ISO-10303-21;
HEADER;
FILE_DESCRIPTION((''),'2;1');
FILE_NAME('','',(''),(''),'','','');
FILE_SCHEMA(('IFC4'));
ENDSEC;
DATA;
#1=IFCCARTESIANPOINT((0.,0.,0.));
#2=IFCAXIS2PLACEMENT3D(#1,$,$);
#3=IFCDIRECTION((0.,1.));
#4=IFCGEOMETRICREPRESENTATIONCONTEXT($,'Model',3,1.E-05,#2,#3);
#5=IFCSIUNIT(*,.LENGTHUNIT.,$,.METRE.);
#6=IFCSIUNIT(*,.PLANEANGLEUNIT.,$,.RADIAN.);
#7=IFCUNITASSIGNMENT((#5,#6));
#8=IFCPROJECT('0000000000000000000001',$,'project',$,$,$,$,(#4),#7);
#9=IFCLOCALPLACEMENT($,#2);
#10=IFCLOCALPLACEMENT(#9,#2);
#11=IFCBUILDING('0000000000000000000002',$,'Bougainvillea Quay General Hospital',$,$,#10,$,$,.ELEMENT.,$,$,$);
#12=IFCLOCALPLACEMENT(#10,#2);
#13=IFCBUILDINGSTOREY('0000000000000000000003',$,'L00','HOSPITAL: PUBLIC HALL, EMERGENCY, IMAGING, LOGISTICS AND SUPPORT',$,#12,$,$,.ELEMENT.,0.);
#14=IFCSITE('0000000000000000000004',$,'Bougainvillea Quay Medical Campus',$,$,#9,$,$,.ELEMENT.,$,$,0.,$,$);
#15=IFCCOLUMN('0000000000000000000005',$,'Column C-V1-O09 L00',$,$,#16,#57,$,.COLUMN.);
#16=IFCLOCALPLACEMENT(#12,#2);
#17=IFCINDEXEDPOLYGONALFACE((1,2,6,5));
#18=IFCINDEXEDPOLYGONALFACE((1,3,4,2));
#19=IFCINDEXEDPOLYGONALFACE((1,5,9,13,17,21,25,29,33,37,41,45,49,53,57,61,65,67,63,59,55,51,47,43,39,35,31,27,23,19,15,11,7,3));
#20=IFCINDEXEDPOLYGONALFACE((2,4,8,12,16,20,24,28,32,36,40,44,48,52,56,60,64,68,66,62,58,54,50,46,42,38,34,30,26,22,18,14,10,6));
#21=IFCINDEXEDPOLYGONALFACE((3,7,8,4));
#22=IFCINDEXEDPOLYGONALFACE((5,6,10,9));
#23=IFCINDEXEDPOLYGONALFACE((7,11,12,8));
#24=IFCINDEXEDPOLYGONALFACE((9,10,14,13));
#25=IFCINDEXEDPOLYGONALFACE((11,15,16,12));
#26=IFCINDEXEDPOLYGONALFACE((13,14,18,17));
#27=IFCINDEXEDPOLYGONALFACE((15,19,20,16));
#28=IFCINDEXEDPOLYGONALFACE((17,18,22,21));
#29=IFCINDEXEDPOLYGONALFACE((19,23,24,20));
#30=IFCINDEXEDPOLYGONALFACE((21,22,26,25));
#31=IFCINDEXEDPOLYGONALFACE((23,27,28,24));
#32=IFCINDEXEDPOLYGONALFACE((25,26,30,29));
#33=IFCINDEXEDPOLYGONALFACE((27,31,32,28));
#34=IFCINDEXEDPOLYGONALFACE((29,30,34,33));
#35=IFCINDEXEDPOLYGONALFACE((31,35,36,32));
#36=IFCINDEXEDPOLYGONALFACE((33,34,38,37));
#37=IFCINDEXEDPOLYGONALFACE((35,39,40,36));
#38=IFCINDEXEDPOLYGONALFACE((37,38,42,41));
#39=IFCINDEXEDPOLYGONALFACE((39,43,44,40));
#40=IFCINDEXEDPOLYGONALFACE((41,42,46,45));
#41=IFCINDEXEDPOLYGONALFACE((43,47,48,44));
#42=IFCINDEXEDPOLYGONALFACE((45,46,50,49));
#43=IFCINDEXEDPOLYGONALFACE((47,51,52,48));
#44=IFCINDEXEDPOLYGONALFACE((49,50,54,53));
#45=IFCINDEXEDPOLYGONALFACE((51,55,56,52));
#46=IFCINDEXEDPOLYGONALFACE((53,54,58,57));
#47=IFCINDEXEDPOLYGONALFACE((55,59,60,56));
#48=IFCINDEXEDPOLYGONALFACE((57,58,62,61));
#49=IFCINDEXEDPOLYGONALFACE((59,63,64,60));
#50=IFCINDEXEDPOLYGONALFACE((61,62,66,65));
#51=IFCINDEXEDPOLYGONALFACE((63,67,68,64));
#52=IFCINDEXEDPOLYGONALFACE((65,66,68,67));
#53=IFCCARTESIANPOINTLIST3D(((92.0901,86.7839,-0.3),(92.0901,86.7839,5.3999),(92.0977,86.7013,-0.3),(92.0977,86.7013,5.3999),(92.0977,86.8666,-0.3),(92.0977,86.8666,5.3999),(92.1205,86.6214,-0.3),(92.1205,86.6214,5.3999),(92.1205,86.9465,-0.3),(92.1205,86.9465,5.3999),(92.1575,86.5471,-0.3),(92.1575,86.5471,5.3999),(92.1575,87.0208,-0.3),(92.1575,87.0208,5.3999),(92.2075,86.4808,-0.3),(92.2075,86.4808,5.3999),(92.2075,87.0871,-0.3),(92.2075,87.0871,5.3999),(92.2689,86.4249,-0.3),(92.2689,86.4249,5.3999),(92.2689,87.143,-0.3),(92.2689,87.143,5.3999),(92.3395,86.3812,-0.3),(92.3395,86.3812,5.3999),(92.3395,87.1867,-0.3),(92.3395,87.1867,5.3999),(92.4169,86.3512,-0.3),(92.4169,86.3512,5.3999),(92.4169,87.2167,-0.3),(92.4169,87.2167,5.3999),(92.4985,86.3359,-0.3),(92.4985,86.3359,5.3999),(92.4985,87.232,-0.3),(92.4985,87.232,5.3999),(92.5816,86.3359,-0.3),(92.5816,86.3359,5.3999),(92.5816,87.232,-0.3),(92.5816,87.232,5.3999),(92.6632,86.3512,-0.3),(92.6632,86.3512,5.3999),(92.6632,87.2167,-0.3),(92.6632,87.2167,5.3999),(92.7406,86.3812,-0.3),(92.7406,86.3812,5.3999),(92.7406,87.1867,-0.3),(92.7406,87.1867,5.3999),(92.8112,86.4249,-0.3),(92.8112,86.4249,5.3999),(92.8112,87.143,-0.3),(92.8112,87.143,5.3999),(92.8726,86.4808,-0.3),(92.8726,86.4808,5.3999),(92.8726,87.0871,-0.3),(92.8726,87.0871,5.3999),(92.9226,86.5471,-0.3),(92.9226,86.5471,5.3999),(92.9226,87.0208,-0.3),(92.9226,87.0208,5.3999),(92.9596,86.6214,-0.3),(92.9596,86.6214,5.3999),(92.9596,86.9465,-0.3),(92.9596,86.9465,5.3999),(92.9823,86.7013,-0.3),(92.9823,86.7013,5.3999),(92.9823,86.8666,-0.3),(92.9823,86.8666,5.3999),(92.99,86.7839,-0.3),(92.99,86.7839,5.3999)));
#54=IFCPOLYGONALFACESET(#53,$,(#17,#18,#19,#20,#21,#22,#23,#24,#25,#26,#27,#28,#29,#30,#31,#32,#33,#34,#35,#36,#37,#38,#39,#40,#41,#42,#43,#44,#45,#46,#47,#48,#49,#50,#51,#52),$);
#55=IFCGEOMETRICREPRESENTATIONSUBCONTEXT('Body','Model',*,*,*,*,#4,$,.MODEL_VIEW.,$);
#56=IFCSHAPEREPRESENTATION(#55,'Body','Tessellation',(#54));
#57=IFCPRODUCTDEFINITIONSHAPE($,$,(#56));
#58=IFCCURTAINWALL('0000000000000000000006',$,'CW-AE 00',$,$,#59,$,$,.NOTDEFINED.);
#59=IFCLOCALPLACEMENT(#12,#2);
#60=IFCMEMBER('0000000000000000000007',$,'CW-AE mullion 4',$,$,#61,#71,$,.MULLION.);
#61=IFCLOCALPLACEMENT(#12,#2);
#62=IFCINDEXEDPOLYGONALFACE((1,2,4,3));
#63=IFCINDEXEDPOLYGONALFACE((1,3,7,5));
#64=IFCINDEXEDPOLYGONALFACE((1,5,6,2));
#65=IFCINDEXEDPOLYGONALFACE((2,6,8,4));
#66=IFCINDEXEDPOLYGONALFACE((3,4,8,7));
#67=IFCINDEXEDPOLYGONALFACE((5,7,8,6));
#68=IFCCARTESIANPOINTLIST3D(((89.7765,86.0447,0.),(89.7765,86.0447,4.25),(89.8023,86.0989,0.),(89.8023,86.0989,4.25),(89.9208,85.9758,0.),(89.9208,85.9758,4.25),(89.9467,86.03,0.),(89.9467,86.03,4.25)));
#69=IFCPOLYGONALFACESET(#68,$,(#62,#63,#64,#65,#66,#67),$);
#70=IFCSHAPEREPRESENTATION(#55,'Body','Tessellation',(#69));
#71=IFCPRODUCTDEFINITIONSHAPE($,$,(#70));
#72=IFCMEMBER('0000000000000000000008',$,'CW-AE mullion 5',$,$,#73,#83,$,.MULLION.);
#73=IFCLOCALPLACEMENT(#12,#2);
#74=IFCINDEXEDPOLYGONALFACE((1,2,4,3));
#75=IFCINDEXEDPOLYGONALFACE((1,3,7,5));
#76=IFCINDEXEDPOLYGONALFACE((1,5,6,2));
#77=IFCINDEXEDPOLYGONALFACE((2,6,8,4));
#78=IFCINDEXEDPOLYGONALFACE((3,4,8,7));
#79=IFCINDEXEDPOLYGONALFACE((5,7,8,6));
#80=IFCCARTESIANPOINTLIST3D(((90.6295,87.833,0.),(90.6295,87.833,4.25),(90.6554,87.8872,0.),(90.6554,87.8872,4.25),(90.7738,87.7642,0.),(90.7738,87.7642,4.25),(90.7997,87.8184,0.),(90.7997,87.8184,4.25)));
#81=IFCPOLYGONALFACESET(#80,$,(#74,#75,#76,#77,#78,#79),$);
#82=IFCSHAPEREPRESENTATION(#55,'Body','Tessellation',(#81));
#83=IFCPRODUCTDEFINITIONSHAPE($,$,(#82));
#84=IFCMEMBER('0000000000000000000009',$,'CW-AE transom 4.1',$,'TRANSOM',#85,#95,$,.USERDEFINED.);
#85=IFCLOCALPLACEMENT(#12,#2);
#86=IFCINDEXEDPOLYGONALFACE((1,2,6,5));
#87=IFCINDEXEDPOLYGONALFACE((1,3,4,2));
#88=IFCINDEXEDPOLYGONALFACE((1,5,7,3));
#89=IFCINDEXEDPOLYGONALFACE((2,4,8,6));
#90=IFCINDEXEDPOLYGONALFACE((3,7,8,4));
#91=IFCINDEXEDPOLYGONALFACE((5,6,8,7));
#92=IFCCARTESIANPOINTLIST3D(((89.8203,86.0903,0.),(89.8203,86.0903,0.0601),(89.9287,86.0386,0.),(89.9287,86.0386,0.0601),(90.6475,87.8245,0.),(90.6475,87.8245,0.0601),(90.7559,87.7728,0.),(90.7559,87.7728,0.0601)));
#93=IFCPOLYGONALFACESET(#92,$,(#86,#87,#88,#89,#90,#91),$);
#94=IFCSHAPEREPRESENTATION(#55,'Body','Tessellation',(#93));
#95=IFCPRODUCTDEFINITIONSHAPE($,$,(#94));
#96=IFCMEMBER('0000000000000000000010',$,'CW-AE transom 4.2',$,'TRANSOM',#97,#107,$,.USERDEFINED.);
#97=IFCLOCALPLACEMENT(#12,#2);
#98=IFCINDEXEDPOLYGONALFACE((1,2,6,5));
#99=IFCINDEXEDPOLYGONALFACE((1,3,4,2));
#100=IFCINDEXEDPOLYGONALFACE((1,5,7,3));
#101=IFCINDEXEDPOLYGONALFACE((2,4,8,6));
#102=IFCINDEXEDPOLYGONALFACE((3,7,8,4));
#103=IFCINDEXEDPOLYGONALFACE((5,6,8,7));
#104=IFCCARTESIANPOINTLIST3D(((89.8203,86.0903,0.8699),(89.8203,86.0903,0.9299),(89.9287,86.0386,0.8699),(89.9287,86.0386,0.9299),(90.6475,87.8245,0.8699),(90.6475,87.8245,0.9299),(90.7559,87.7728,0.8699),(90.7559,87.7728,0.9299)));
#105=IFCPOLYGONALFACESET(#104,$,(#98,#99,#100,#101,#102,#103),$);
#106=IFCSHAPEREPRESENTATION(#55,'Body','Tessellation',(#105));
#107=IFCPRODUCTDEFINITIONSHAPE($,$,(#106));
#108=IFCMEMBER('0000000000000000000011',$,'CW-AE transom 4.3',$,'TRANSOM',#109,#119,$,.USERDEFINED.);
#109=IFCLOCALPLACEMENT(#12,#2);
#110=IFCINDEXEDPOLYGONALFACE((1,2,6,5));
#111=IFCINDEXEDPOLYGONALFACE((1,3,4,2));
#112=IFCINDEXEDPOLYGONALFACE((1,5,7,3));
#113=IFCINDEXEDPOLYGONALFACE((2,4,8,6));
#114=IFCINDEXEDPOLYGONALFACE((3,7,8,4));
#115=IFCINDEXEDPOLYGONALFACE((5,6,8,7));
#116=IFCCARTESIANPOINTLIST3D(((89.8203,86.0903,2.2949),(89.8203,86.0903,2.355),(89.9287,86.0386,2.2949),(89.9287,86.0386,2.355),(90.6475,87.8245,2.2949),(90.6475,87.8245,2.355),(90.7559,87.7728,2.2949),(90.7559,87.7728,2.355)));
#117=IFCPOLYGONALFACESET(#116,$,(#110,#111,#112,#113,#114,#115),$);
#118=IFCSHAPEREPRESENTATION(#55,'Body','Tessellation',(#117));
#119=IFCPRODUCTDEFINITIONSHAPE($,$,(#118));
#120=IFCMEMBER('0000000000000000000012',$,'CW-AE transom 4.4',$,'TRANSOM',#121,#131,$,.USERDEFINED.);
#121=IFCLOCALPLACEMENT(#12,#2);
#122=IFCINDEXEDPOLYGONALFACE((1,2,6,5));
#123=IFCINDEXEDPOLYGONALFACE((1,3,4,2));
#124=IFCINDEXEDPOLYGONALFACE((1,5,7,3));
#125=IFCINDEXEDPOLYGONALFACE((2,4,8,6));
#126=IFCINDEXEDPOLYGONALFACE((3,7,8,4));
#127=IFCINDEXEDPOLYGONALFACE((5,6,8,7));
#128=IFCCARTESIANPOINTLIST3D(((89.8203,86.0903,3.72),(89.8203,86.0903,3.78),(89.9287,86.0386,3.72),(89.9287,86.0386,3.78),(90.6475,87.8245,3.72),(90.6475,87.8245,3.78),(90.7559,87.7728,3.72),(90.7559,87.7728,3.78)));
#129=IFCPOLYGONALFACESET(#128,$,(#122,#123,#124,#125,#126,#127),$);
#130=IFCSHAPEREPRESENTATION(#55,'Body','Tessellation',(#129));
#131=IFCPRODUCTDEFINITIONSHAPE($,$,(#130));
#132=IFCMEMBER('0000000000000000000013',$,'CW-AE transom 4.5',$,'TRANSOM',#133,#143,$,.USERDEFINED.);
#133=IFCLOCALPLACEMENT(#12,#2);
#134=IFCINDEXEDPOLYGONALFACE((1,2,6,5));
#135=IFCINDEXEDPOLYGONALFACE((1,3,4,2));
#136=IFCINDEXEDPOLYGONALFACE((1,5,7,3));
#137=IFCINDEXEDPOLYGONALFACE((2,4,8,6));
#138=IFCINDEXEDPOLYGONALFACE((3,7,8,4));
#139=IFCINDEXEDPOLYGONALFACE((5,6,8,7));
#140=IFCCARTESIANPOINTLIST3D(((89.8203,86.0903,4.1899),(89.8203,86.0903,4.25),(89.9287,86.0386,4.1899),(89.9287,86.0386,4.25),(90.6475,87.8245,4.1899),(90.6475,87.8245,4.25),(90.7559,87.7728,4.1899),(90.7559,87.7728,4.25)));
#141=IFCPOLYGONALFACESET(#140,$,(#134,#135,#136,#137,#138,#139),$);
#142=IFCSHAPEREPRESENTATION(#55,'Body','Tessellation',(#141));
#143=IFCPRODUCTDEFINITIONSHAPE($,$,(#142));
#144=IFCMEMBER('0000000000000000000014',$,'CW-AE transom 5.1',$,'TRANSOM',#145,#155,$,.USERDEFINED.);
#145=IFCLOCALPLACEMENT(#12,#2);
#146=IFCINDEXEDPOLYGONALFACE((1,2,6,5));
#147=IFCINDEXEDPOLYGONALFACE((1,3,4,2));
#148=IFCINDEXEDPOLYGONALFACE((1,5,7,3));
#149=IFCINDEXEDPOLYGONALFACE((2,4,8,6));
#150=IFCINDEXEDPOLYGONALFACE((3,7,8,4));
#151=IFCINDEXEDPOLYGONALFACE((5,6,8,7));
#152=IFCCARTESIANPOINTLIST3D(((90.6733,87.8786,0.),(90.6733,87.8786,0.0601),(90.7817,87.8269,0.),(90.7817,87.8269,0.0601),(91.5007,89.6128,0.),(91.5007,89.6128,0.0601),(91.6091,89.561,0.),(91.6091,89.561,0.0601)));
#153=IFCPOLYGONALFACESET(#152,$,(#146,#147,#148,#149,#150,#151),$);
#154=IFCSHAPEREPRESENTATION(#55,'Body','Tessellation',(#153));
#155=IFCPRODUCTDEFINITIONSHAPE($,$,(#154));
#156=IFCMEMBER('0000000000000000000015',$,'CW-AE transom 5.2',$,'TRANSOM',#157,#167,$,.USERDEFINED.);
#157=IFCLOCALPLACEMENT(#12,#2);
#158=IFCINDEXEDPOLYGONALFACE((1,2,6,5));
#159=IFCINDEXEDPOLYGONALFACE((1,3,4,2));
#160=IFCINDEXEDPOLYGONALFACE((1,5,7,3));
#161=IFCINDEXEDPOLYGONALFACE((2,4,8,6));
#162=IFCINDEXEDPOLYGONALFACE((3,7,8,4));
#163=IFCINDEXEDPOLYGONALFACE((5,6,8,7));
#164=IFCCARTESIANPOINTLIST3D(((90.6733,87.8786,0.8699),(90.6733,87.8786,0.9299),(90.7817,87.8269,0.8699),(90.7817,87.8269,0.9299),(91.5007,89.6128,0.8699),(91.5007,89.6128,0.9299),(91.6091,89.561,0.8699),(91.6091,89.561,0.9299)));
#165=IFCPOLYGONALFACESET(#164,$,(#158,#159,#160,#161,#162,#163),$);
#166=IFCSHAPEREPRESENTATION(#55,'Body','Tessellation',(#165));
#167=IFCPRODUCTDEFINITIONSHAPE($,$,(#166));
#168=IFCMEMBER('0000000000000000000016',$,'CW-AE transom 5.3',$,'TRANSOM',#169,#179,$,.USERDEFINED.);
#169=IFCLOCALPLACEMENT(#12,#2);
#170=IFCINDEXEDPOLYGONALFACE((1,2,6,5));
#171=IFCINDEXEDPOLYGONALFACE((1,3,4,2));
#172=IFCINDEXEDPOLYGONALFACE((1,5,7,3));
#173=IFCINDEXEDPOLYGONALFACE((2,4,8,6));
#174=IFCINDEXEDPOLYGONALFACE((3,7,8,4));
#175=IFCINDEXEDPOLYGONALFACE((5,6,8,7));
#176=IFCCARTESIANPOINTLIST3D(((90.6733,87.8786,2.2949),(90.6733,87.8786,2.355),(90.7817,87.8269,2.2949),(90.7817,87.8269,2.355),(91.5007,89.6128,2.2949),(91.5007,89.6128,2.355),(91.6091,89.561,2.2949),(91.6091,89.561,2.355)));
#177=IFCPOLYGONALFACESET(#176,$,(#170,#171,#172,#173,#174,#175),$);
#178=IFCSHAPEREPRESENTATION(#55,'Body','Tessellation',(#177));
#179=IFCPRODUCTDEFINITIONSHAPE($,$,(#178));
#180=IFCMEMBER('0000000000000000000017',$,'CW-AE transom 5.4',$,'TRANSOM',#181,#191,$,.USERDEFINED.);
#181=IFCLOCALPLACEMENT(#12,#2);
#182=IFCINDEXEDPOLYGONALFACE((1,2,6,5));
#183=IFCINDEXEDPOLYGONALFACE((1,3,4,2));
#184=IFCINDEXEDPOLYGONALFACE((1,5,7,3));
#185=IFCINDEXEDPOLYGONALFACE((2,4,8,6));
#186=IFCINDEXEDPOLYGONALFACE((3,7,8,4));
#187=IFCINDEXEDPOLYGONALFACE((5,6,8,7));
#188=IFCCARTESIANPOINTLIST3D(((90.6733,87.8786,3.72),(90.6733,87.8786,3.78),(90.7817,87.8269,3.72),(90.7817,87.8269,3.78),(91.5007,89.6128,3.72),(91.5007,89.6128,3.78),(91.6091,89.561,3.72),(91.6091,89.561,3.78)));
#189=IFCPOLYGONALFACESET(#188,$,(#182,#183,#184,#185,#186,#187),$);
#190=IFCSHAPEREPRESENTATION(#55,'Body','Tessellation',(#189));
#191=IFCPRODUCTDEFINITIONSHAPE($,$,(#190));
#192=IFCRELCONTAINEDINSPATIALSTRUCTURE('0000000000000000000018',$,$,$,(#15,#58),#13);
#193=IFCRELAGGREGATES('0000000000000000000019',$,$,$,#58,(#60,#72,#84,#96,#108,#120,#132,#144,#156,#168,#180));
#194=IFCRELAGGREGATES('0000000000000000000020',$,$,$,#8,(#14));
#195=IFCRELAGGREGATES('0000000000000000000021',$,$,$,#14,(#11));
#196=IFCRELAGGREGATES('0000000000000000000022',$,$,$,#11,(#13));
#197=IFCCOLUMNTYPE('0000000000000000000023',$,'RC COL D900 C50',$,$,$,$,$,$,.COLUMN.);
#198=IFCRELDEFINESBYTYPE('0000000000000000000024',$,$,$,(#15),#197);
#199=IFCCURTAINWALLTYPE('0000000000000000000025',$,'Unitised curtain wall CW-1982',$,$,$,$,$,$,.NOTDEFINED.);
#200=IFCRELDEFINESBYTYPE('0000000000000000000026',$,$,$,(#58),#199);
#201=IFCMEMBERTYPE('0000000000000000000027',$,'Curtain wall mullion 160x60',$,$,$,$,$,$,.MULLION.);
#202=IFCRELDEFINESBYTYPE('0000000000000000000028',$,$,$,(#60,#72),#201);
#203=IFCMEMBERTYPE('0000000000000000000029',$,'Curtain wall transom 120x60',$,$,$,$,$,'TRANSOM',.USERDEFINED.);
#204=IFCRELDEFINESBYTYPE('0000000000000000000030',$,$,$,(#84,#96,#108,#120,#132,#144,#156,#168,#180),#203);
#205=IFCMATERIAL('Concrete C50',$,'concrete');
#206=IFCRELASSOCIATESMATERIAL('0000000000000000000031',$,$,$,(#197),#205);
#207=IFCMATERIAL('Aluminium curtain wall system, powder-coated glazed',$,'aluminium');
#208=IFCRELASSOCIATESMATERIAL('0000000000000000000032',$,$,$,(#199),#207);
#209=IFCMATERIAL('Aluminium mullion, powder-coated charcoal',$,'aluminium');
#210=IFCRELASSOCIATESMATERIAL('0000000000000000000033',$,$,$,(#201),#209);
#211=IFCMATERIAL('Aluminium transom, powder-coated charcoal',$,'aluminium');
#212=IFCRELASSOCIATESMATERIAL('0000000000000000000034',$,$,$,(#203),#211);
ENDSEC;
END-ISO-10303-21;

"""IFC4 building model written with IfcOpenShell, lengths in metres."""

from ifc_helpers import new_model, si_unit, direction, frame, origin, origin_2d, place, context, subcontext, project, spatial, rectangle, circle, extrude, material, material_profile, profile_set, type_object, element, aggregate, save


model = new_model("IFC4")

# Units and contexts
model_context = context("Model", 3, precision=1e-05, world=origin(), true_north=direction((0.0, 1.0)))
body_context = subcontext(model_context, "Body", "Model", "MODEL_VIEW")
ifc_project = project(units=[si_unit("LENGTHUNIT", "METRE"), si_unit("PLANEANGLEUNIT", "RADIAN")], contexts=[model_context])

# Site, building, storey
site_placement = place(None, origin())
site = spatial("IfcSite", under=ifc_project, at=site_placement, Name="Bougainvillea Quay Medical Campus", CompositionType="ELEMENT", RefElevation=0.0)
building_placement = place(site_placement, origin())
building = spatial("IfcBuilding", under=site, at=building_placement, Name="Bougainvillea Quay General Hospital", CompositionType="ELEMENT")
storey_placement = place(building_placement, origin())
storey = spatial("IfcBuildingStorey", under=building, at=storey_placement, Name="L00", Description="HOSPITAL: PUBLIC HALL, EMERGENCY, IMAGING, LOGISTICS AND SUPPORT", CompositionType="ELEMENT", Elevation=0.0)

# Column
ifc_material_1 = material(Name="Concrete C50", Category="concrete")
ifc_material_profile_1 = material_profile(ifc_material_1, circle(Radius=0.45, at=origin_2d()))
ifc_profile_set_1 = profile_set([ifc_material_profile_1], Name="Concrete C50")
column_type = type_object("IfcColumnType", Name="RC COL D900 C50", PredefinedType="COLUMN", material=ifc_profile_set_1)
column_placement = place(storey_placement, frame((92.54, 86.7839, -0.3), z_axis=(0.0, 0.0, 1.0), x_axis=(1.0, 0.0, 0.0)))
element("IfcColumn", 1, at=column_placement, inside=storey, type_object=column_type, Name="Column C-V1-O09 L00", PredefinedType="COLUMN", context=body_context, shape_type="SweptSolid", body=[
    extrude(circle(Radius=0.45, at=origin_2d()), origin(), (0.0, 0.0, 1.0), 5.7),
])

# Curtain wall, members
ifc_material_2 = material(Name="Aluminium curtain wall system, powder-coated glazed", Category="aluminium")
curtain_wall_type = type_object("IfcCurtainWallType", Name="Unitised curtain wall CW-1982", PredefinedType="NOTDEFINED", material=ifc_material_2)
curtain_wall_placement = place(storey_placement, origin())
curtain_wall = element("IfcCurtainWall", 2, at=curtain_wall_placement, inside=storey, type_object=curtain_wall_type, Name="CW-AE 00", PredefinedType="NOTDEFINED")
ifc_material_3 = material(Name="Aluminium mullion, powder-coated charcoal", Category="aluminium")
ifc_material_profile_2 = material_profile(ifc_material_3, rectangle(XDim=0.1599, YDim=0.0601, at=origin_2d()))
ifc_profile_set_2 = profile_set([ifc_material_profile_2], Name="Aluminium mullion, powder-coated charcoal")
member_type_1 = type_object("IfcMemberType", Name="Curtain wall mullion 160x60", PredefinedType="MULLION", material=ifc_profile_set_2)
member_1_placement = place(storey_placement, frame((89.8616, 86.0374, 0.0), z_axis=(0.0, 0.0, 1.0), x_axis=(-0.902561, 0.430563, 0.0)))
member_1 = element("IfcMember", 3, at=member_1_placement, type_object=member_type_1, Name="CW-AE mullion 4", PredefinedType="MULLION", context=body_context, shape_type="SweptSolid", body=[
    extrude(rectangle(XDim=0.1599, YDim=0.0601, at=origin_2d()), origin(), (0.0, 0.0, 1.0), 4.25),
])
member_2_placement = place(storey_placement, frame((90.7146, 87.8257, 0.0), z_axis=(0.0, 0.0, 1.0), x_axis=(-0.902561, 0.430563, 0.0)))
member_2 = element("IfcMember", 4, at=member_2_placement, type_object=member_type_1, Name="CW-AE mullion 5", PredefinedType="MULLION", context=body_context, shape_type="SweptSolid", body=[
    extrude(rectangle(XDim=0.1599, YDim=0.0601, at=origin_2d()), origin(), (0.0, 0.0, 1.0), 4.25),
])
ifc_material_4 = material(Name="Aluminium transom, powder-coated charcoal", Category="aluminium")
ifc_material_profile_3 = material_profile(ifc_material_4, rectangle(XDim=0.1201, YDim=0.0601, at=origin_2d()))
ifc_profile_set_3 = profile_set([ifc_material_profile_3], Name="Aluminium transom, powder-coated charcoal")
member_type_2 = type_object("IfcMemberType", Name="Curtain wall transom 120x60", ElementType="TRANSOM", PredefinedType="USERDEFINED", material=ifc_profile_set_3)
member_3_placement = place(storey_placement, frame((89.8745, 86.0645, 0.03), z_axis=(0.430516, 0.902583, 0.0), x_axis=(-0.902583, 0.430516, 0.0)))
member_3 = element("IfcMember", 5, at=member_3_placement, type_object=member_type_2, Name="CW-AE transom 4.1", ObjectType="TRANSOM", PredefinedType="USERDEFINED", context=body_context, shape_type="SweptSolid", body=[
    extrude(rectangle(XDim=0.1201, YDim=0.0601, at=origin_2d()), origin(), (0.0, 0.0, 1.0), 1.9214),
])
member_4_placement = place(storey_placement, frame((89.8745, 86.0645, 0.8999), z_axis=(0.430516, 0.902583, 0.0), x_axis=(-0.902583, 0.430516, 0.0)))
member_4 = element("IfcMember", 6, at=member_4_placement, type_object=member_type_2, Name="CW-AE transom 4.2", ObjectType="TRANSOM", PredefinedType="USERDEFINED", context=body_context, shape_type="SweptSolid", body=[
    extrude(rectangle(XDim=0.1201, YDim=0.0601, at=origin_2d()), origin(), (0.0, 0.0, 1.0), 1.9214),
])
member_5_placement = place(storey_placement, frame((89.8745, 86.0645, 2.325), z_axis=(0.430516, 0.902583, 0.0), x_axis=(-0.902583, 0.430516, 0.0)))
member_5 = element("IfcMember", 7, at=member_5_placement, type_object=member_type_2, Name="CW-AE transom 4.3", ObjectType="TRANSOM", PredefinedType="USERDEFINED", context=body_context, shape_type="SweptSolid", body=[
    extrude(rectangle(XDim=0.1201, YDim=0.0601, at=origin_2d()), origin(), (0.0, 0.0, 1.0), 1.9214),
])
member_6_placement = place(storey_placement, frame((89.8745, 86.0645, 3.75), z_axis=(0.430516, 0.902583, 0.0), x_axis=(-0.902583, 0.430516, 0.0)))
member_6 = element("IfcMember", 8, at=member_6_placement, type_object=member_type_2, Name="CW-AE transom 4.4", ObjectType="TRANSOM", PredefinedType="USERDEFINED", context=body_context, shape_type="SweptSolid", body=[
    extrude(rectangle(XDim=0.1201, YDim=0.0601, at=origin_2d()), origin(), (0.0, 0.0, 1.0), 1.9214),
])
member_7_placement = place(storey_placement, frame((89.8745, 86.0645, 4.22), z_axis=(0.430516, 0.902583, 0.0), x_axis=(-0.902583, 0.430516, 0.0)))
member_7 = element("IfcMember", 9, at=member_7_placement, type_object=member_type_2, Name="CW-AE transom 4.5", ObjectType="TRANSOM", PredefinedType="USERDEFINED", context=body_context, shape_type="SweptSolid", body=[
    extrude(rectangle(XDim=0.1201, YDim=0.0601, at=origin_2d()), origin(), (0.0, 0.0, 1.0), 1.9214),
])
member_8_placement = place(storey_placement, frame((90.7275, 87.8528, 0.03), z_axis=(0.430619, 0.902534, 0.0), x_axis=(-0.902534, 0.430619, 0.0)))
member_8 = element("IfcMember", 10, at=member_8_placement, type_object=member_type_2, Name="CW-AE transom 5.1", ObjectType="TRANSOM", PredefinedType="USERDEFINED", context=body_context, shape_type="SweptSolid", body=[
    extrude(rectangle(XDim=0.1201, YDim=0.0601, at=origin_2d()), origin(), (0.0, 0.0, 1.0), 1.9214),
])
member_9_placement = place(storey_placement, frame((90.7275, 87.8528, 0.8999), z_axis=(0.430619, 0.902534, 0.0), x_axis=(-0.902534, 0.430619, 0.0)))
member_9 = element("IfcMember", 11, at=member_9_placement, type_object=member_type_2, Name="CW-AE transom 5.2", ObjectType="TRANSOM", PredefinedType="USERDEFINED", context=body_context, shape_type="SweptSolid", body=[
    extrude(rectangle(XDim=0.1201, YDim=0.0601, at=origin_2d()), origin(), (0.0, 0.0, 1.0), 1.9214),
])
member_10_placement = place(storey_placement, frame((90.7275, 87.8528, 2.325), z_axis=(0.430619, 0.902534, 0.0), x_axis=(-0.902534, 0.430619, 0.0)))
member_10 = element("IfcMember", 12, at=member_10_placement, type_object=member_type_2, Name="CW-AE transom 5.3", ObjectType="TRANSOM", PredefinedType="USERDEFINED", context=body_context, shape_type="SweptSolid", body=[
    extrude(rectangle(XDim=0.1201, YDim=0.0601, at=origin_2d()), origin(), (0.0, 0.0, 1.0), 1.9214),
])
member_11_placement = place(storey_placement, frame((90.7275, 87.8528, 3.75), z_axis=(0.430619, 0.902534, 0.0), x_axis=(-0.902534, 0.430619, 0.0)))
member_11 = element("IfcMember", 13, at=member_11_placement, type_object=member_type_2, Name="CW-AE transom 5.4", ObjectType="TRANSOM", PredefinedType="USERDEFINED", context=body_context, shape_type="SweptSolid", body=[
    extrude(rectangle(XDim=0.1201, YDim=0.0601, at=origin_2d()), origin(), (0.0, 0.0, 1.0), 1.9214),
])
aggregate(curtain_wall, [member_1, member_2, member_3, member_4, member_5, member_6, member_7, member_8, member_9, member_10, member_11])

save(model, "model.ifc")
